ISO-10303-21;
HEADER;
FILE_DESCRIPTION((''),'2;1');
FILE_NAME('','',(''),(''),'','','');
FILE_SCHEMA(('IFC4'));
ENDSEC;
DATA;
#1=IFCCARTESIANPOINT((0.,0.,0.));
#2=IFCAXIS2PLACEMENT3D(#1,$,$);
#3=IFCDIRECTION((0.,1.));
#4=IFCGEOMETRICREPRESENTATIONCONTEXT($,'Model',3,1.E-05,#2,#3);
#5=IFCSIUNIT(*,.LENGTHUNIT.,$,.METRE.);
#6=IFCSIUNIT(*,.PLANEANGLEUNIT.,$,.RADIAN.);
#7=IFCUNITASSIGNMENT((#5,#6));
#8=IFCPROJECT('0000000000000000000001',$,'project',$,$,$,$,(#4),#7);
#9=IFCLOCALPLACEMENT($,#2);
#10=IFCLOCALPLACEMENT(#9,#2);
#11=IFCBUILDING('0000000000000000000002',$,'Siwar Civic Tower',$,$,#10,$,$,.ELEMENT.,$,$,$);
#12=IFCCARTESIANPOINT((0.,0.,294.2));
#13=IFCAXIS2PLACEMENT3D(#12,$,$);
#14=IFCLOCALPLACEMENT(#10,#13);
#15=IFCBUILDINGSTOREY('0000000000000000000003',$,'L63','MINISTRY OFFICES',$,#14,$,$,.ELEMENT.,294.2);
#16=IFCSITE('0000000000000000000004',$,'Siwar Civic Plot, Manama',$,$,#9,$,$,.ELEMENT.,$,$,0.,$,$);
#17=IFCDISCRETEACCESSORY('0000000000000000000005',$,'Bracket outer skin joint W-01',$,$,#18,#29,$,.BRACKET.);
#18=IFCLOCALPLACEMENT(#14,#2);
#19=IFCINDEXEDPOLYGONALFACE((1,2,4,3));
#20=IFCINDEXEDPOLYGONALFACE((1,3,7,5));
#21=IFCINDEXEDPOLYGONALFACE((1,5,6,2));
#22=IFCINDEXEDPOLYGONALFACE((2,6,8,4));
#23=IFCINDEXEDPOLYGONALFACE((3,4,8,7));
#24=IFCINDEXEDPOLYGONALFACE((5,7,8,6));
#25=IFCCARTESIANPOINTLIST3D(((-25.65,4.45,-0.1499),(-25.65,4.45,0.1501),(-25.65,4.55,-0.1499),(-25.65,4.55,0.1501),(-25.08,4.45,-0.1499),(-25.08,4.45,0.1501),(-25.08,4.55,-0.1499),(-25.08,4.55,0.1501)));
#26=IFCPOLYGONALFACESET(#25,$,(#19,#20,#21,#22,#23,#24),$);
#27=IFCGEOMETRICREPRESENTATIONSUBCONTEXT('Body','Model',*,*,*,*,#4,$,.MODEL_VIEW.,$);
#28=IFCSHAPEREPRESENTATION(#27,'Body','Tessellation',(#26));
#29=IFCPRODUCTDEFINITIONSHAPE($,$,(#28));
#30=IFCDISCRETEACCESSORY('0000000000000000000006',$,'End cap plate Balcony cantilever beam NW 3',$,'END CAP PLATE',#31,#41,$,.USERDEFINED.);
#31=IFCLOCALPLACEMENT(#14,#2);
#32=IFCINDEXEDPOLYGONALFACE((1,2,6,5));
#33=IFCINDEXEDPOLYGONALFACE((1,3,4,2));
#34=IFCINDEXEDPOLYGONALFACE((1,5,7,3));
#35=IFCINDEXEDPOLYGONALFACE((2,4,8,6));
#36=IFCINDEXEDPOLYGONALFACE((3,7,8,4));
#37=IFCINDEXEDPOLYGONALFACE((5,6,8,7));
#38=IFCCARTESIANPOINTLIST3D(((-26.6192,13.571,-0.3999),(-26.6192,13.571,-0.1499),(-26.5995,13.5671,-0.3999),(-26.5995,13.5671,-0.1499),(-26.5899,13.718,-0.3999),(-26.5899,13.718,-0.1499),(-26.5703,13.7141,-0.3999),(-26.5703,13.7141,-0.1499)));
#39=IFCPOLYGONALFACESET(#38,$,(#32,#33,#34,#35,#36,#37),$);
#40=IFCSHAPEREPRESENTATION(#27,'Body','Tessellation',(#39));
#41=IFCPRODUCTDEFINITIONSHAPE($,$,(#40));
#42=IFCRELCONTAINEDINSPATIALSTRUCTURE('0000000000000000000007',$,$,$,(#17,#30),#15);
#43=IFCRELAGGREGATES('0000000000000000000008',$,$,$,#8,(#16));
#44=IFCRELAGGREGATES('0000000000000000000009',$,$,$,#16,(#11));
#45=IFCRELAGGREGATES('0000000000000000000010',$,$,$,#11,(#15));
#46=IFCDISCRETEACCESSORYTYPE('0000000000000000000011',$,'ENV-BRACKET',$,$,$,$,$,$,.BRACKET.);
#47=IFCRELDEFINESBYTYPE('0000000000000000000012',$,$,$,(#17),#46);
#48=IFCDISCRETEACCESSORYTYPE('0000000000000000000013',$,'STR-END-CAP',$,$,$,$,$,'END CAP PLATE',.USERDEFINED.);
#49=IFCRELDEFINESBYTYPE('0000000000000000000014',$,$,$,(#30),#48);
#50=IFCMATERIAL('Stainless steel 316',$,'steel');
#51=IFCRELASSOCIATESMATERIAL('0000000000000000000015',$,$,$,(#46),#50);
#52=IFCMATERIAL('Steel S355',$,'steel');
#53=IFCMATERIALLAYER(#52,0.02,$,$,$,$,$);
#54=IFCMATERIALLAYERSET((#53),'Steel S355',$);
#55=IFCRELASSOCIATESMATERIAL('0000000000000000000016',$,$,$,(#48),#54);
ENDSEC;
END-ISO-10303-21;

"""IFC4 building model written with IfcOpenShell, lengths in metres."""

from ifc_helpers import new_model, si_unit, direction, frame, origin, origin_2d, place, context, subcontext, project, spatial, rectangle, extrude, material, layer, layer_set, type_object, element, save


model = new_model("IFC4")

# Units and contexts
model_context = context("Model", 3, precision=1e-05, world=origin(), true_north=direction((0.0, 1.0)))
body_context = subcontext(model_context, "Body", "Model", "MODEL_VIEW")
ifc_project = project(units=[si_unit("LENGTHUNIT", "METRE"), si_unit("PLANEANGLEUNIT", "RADIAN")], contexts=[model_context])

# Site, building, storey
site_placement = place(None, origin())
site = spatial("IfcSite", under=ifc_project, at=site_placement, Name="Siwar Civic Plot, Manama", CompositionType="ELEMENT", RefElevation=0.0)
building_placement = place(site_placement, origin())
building = spatial("IfcBuilding", under=site, at=building_placement, Name="Siwar Civic Tower", CompositionType="ELEMENT")
storey_placement = place(building_placement, frame((0.0, 0.0, 294.2)))
storey = spatial("IfcBuildingStorey", under=building, at=storey_placement, Name="L63", Description="MINISTRY OFFICES", CompositionType="ELEMENT", Elevation=294.2)

# Discrete accessories
ifc_material_1 = material(Name="Stainless steel 316", Category="steel")
discrete_accessory_type_1 = type_object("IfcDiscreteAccessoryType", Name="ENV-BRACKET", PredefinedType="BRACKET", material=ifc_material_1)
discrete_accessory_1_placement = place(storey_placement, frame((-25.365, 4.5, -0.1499), z_axis=(0.0, 0.0, 1.0), x_axis=(-1.0, 0.0, 0.0)))
element("IfcDiscreteAccessory", 1, at=discrete_accessory_1_placement, inside=storey, type_object=discrete_accessory_type_1, Name="Bracket outer skin joint W-01", PredefinedType="BRACKET", context=body_context, shape_type="SweptSolid", body=[
    extrude(rectangle(XDim=0.5701, YDim=0.1001, at=origin_2d()), origin(), (0.0, 0.0, 1.0), 0.3),
])
ifc_material_2 = material(Name="Steel S355", Category="steel")
ifc_layer_1 = layer(ifc_material_2, 0.02)
ifc_layer_set_1 = layer_set([ifc_layer_1], Name="Steel S355")
discrete_accessory_type_2 = type_object("IfcDiscreteAccessoryType", Name="STR-END-CAP", ElementType="END CAP PLATE", PredefinedType="USERDEFINED", material=ifc_layer_set_1)
discrete_accessory_2_placement = place(storey_placement, frame((-26.5947, 13.6426, -0.3999), z_axis=(0.0, 0.0, 1.0), x_axis=(-0.980785, 0.19509, 0.0)))
element("IfcDiscreteAccessory", 2, at=discrete_accessory_2_placement, inside=storey, type_object=discrete_accessory_type_2, Name="End cap plate Balcony cantilever beam NW 3", ObjectType="END CAP PLATE", PredefinedType="USERDEFINED", context=body_context, shape_type="SweptSolid", body=[
    extrude(rectangle(XDim=0.02, YDim=0.1499, at=origin_2d()), origin(), (0.0, 0.0, 1.0), 0.25),
])

save(model, "model.ifc")
